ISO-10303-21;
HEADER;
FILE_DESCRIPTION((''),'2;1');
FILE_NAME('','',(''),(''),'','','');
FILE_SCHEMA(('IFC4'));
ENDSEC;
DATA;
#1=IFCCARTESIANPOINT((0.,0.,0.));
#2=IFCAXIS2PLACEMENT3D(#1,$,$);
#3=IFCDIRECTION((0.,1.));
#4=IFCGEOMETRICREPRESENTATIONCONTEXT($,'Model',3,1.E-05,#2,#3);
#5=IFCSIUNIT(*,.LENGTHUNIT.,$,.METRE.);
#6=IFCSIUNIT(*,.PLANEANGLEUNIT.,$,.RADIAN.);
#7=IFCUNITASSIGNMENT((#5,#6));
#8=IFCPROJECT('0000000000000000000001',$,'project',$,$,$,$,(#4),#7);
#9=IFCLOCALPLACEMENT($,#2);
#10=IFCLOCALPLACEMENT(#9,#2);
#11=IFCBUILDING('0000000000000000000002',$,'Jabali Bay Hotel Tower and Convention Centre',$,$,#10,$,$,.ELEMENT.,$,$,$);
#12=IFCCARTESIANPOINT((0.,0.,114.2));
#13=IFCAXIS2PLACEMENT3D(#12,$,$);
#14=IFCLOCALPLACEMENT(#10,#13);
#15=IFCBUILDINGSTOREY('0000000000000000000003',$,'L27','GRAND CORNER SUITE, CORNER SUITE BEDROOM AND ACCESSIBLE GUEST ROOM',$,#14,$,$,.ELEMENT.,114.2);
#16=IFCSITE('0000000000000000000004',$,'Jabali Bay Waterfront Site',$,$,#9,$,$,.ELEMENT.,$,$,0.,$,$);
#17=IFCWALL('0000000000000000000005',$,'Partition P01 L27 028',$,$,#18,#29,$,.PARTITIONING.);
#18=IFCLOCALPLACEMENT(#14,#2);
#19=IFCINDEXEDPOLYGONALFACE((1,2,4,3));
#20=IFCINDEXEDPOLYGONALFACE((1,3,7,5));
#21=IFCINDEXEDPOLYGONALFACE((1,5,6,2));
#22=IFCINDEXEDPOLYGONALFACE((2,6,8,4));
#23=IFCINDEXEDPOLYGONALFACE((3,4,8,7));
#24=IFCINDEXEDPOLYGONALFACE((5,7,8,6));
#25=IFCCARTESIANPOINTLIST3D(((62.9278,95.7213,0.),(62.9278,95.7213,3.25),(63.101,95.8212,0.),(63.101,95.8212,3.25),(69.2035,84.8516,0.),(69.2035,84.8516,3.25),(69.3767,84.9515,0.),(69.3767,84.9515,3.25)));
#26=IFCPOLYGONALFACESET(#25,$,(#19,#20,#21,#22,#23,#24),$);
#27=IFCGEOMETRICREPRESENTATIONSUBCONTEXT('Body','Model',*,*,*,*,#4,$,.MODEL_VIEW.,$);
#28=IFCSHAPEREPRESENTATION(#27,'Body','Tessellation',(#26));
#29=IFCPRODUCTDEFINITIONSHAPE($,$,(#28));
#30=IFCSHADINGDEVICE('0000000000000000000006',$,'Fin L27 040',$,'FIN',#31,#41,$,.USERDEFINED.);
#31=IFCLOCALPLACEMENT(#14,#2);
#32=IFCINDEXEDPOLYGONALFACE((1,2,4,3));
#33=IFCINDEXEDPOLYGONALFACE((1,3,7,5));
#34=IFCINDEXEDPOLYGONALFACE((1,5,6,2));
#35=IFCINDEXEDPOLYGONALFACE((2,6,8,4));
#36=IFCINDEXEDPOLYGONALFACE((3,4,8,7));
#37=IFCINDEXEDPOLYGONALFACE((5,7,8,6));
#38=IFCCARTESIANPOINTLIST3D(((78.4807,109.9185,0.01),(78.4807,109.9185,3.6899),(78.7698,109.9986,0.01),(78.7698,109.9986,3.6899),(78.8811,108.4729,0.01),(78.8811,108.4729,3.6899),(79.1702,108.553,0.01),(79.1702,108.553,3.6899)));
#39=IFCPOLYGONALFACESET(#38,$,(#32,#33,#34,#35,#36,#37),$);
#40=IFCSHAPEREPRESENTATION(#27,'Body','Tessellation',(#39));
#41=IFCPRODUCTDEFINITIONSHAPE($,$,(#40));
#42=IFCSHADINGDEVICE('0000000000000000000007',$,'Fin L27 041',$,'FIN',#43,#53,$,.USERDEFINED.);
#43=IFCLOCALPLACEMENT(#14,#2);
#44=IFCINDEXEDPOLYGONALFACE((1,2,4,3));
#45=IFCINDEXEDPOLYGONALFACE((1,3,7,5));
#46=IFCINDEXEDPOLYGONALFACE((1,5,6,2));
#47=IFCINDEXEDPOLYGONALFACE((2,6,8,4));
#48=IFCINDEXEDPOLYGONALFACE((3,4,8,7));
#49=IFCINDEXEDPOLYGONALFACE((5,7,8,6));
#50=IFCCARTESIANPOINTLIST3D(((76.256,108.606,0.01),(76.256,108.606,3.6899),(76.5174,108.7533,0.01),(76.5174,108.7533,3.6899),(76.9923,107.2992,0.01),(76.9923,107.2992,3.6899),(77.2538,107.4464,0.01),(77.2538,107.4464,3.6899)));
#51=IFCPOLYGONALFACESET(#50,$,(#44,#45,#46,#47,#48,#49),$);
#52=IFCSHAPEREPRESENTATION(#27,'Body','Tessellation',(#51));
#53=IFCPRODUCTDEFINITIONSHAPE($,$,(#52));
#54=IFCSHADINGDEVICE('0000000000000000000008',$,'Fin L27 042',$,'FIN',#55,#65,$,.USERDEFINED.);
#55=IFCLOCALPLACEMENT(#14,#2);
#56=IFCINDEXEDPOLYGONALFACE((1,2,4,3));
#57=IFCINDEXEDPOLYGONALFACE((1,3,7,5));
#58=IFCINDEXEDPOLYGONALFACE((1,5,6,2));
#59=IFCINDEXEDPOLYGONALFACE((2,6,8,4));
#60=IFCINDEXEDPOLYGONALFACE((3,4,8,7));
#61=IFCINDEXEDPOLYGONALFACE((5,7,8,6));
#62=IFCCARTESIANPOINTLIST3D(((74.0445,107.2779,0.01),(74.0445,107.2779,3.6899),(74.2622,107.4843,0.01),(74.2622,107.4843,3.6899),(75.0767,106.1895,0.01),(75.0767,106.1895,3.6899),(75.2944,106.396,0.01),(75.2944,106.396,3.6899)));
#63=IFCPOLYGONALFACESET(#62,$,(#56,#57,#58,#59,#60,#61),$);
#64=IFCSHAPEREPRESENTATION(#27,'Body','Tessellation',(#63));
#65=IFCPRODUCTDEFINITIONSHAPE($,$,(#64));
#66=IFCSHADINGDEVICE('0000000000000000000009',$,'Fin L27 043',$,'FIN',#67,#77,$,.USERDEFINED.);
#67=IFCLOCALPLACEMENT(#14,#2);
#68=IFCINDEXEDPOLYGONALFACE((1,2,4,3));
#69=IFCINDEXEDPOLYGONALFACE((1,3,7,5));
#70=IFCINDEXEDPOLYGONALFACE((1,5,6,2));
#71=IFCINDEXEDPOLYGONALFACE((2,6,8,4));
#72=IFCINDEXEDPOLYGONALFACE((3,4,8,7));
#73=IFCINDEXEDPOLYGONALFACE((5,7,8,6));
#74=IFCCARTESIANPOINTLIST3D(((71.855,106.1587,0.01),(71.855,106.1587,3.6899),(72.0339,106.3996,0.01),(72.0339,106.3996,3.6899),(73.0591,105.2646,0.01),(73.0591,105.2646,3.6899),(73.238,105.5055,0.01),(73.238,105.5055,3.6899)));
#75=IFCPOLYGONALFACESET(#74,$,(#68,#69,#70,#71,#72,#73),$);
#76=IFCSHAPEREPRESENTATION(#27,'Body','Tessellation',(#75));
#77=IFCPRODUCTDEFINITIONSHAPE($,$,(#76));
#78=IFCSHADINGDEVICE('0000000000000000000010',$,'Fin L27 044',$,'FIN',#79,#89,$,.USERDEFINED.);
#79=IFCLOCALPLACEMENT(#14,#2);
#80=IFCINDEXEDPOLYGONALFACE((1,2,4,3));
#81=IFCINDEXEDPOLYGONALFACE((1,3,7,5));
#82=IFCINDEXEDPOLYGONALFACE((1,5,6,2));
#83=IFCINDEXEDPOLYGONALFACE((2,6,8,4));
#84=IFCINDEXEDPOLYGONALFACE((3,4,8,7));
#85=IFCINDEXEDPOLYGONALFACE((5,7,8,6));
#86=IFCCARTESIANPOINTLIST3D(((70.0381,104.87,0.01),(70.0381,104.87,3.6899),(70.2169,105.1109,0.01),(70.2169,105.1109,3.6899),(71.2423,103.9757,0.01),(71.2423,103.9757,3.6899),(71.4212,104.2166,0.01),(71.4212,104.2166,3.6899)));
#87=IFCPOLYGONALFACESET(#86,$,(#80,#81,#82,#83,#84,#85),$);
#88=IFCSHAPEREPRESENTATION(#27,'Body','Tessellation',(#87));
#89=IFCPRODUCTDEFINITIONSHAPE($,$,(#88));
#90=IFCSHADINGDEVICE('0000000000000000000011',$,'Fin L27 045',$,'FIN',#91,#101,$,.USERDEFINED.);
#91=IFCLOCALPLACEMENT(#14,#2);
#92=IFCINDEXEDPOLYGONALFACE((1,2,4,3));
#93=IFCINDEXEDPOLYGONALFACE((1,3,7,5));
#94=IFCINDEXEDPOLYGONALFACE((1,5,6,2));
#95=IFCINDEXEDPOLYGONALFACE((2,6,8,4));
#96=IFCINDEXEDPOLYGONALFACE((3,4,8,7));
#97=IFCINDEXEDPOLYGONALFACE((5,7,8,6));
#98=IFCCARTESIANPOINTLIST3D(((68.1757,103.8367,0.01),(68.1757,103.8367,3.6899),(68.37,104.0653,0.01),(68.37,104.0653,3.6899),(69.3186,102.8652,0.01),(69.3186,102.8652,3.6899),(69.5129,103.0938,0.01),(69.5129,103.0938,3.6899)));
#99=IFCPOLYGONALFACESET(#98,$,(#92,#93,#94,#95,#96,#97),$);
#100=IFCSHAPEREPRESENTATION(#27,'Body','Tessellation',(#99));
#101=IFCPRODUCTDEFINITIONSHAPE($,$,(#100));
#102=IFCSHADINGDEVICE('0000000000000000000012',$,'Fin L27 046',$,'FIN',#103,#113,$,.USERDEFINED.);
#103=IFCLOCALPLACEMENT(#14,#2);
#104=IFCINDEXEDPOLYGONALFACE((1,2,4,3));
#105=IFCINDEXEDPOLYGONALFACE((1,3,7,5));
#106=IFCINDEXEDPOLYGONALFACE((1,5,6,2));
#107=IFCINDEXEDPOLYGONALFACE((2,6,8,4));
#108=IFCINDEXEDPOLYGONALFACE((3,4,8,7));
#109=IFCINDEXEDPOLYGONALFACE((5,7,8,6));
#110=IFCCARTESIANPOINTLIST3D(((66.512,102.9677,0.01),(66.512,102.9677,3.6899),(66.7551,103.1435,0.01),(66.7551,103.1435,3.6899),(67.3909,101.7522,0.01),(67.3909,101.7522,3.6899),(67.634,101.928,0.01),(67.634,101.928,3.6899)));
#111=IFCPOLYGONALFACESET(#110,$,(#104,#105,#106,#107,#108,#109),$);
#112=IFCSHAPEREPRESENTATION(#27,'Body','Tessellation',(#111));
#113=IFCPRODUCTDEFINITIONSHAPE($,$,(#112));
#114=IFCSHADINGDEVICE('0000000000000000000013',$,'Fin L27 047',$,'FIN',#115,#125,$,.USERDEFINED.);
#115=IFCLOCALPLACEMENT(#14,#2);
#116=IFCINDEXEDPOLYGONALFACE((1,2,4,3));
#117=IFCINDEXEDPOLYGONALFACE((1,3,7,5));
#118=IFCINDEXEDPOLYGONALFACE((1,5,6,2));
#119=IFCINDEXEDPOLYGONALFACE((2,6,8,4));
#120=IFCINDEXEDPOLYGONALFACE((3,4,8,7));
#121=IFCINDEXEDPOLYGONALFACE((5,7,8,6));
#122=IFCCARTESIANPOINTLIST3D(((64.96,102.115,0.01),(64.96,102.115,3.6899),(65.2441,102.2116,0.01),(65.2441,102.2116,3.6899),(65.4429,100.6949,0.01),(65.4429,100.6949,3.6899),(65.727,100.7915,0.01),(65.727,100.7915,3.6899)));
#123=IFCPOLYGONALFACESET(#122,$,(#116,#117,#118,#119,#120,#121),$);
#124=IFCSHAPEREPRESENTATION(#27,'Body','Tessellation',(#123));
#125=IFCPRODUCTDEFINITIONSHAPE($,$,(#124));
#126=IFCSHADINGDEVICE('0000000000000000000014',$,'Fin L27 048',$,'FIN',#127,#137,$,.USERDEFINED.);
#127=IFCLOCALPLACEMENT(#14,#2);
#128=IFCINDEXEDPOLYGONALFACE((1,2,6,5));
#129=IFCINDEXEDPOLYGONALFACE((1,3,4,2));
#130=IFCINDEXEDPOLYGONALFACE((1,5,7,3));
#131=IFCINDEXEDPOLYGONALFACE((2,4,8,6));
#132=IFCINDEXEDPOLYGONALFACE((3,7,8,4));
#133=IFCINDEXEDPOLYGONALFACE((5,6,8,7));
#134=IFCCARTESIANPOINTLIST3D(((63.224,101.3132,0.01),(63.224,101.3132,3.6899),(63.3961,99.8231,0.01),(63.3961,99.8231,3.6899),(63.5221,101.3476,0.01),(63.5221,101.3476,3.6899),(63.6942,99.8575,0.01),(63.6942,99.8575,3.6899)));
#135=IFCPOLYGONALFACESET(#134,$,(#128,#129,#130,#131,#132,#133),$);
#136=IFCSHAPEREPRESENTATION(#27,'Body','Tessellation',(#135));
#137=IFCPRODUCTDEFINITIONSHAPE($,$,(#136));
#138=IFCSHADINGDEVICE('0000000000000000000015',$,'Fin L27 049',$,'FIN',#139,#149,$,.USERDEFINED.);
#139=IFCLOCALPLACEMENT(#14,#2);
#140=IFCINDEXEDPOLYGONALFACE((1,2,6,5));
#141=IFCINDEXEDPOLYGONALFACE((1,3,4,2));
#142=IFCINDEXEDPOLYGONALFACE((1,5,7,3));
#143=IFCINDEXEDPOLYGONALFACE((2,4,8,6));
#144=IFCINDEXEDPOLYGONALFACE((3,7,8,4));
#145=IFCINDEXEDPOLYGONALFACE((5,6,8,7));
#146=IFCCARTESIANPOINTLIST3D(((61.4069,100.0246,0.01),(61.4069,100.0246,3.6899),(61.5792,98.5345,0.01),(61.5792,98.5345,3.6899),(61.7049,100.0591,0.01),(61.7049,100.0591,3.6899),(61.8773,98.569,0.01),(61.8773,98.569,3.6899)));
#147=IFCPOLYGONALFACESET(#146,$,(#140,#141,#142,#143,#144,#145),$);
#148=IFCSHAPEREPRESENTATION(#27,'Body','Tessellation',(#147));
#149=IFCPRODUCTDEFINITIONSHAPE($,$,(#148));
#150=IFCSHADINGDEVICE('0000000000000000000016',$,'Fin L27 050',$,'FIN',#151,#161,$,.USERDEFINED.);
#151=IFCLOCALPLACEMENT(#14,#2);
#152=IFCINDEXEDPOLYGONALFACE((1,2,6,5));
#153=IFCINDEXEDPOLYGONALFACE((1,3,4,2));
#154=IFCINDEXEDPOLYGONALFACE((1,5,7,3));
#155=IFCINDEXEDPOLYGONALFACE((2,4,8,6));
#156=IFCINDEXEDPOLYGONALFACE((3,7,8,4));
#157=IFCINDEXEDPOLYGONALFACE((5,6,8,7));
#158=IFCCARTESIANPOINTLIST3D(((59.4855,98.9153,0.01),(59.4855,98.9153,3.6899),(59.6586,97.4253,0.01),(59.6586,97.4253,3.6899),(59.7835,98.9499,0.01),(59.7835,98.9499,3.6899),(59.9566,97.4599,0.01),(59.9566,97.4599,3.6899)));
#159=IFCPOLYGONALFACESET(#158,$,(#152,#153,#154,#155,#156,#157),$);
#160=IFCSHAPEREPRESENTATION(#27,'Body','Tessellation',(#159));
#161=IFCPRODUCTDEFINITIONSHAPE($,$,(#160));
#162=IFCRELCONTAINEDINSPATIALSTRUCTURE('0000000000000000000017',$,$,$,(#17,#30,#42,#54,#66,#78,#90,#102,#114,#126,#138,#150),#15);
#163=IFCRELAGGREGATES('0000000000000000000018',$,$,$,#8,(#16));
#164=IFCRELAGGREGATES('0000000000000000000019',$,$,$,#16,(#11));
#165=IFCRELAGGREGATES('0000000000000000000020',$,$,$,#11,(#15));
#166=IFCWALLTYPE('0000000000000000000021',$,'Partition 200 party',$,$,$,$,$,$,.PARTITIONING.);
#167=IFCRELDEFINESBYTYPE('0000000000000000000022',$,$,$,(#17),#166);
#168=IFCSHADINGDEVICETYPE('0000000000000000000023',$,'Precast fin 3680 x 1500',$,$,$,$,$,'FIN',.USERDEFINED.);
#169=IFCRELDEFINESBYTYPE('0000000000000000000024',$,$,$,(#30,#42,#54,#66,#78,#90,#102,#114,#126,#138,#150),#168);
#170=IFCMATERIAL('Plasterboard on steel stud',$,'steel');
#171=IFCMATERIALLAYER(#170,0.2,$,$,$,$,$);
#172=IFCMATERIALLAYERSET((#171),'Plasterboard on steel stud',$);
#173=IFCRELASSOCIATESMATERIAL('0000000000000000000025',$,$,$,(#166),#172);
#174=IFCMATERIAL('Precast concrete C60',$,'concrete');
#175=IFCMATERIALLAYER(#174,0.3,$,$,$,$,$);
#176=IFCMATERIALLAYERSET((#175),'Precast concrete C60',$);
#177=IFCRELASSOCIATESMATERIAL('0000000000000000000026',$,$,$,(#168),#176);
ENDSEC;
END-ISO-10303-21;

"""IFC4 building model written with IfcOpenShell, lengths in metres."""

from ifc_helpers import new_model, si_unit, direction, frame, frame_2d, origin, place, context, subcontext, project, spatial, rectangle, extrude, material, layer, layer_set, type_object, element, save


model = new_model("IFC4")

# Units and contexts
model_context = context("Model", 3, precision=1e-05, world=origin(), true_north=direction((0.0, 1.0)))
body_context = subcontext(model_context, "Body", "Model", "MODEL_VIEW")
ifc_project = project(units=[si_unit("LENGTHUNIT", "METRE"), si_unit("PLANEANGLEUNIT", "RADIAN")], contexts=[model_context])

# Site, building, storey
site_placement = place(None, origin())
site = spatial("IfcSite", under=ifc_project, at=site_placement, Name="Jabali Bay Waterfront Site", CompositionType="ELEMENT", RefElevation=0.0)
building_placement = place(site_placement, origin())
building = spatial("IfcBuilding", under=site, at=building_placement, Name="Jabali Bay Hotel Tower and Convention Centre", CompositionType="ELEMENT")
storey_placement = place(building_placement, frame((0.0, 0.0, 114.2)))
storey = spatial("IfcBuildingStorey", under=building, at=storey_placement, Name="L27", Description="GRAND CORNER SUITE, CORNER SUITE BEDROOM AND ACCESSIBLE GUEST ROOM", CompositionType="ELEMENT", Elevation=114.2)

# Wall
ifc_material_1 = material(Name="Plasterboard on steel stud", Category="steel")
ifc_layer_1 = layer(ifc_material_1, 0.2)
ifc_layer_set_1 = layer_set([ifc_layer_1], Name="Plasterboard on steel stud")
wall_type_1 = type_object("IfcWallType", Name="Partition 200 party", PredefinedType="PARTITIONING", material=ifc_layer_set_1)
wall_1_placement = place(storey_placement, frame((63.0144, 95.7712, 0.0), z_axis=(0.0, 0.0, 1.0), x_axis=(0.500003, -0.866024, 0.0)))
element("IfcWall", 1, at=wall_1_placement, inside=storey, type_object=wall_type_1, Name="Partition P01 L27 028", PredefinedType="PARTITIONING", context=body_context, shape_type="SweptSolid", body=[
    extrude(rectangle(XDim=12.5513, YDim=0.2, at=frame_2d((6.2756, 0.0))), origin(), (0.0, 0.0, 1.0), 3.25),
])

# Shading devices
ifc_material_2 = material(Name="Precast concrete C60", Category="concrete")
ifc_layer_2 = layer(ifc_material_2, 0.3)
ifc_layer_set_2 = layer_set([ifc_layer_2], Name="Precast concrete C60")
shading_device_type = type_object("IfcShadingDeviceType", Name="Precast fin 3680 x 1500", ElementType="FIN", PredefinedType="USERDEFINED", material=ifc_layer_set_2)
for number, where, z_axis, x_axis, name in (
    (2, (79.0256, 108.5129, 0.01), (0.0, 0.0, 1.0), (-0.26693, 0.963716, 0.0), "Fin L27 040"),
    (3, (77.123, 107.3728, 0.01), (0.0, 0.0, 1.0), (-0.490872, 0.871232, 0.0), "Fin L27 041"),
    (4, (75.1855, 106.2927, 0.01), (0.0, 0.0, 1.0), (-0.688142, 0.725576, 0.0), "Fin L27 042"),
):
    element("IfcShadingDevice", number, at=place(storey_placement, frame(where, z_axis=z_axis, x_axis=x_axis)), inside=storey, type_object=shading_device_type, Name=name, ObjectType="FIN", PredefinedType="USERDEFINED", context=body_context, shape_type="SweptSolid", body=[
        extrude(rectangle(XDim=1.5, YDim=0.3, at=frame_2d((0.75, 0.0))), origin(), (0.0, 0.0, 1.0), 3.6799),
    ])
shading_device_placement = place(storey_placement, frame((73.1487, 105.385, 0.01), z_axis=(0.0, 0.0, 1.0), x_axis=(-0.802882, 0.596138, 0.0)))
element("IfcShadingDevice", 5, at=shading_device_placement, inside=storey, type_object=shading_device_type, Name="Fin L27 043", ObjectType="FIN", PredefinedType="USERDEFINED", context=body_context, shape_type="SweptSolid", body=[
    extrude(rectangle(XDim=1.4998, YDim=0.3, at=frame_2d((0.75, 0.0))), origin(), (0.0, 0.0, 1.0), 3.6799),
])
for number, where, z_axis, x_axis, name in (
    (6, (71.3318, 104.0962, 0.01), (0.0, 0.0, 1.0), (-0.802862, 0.596165, 0.0), "Fin L27 044"),
    (7, (69.4158, 102.9795, 0.01), (0.0, 0.0, 1.0), (-0.761927, 0.647663, 0.0), "Fin L27 045"),
    (8, (67.5125, 101.8401, 0.01), (0.0, 0.0, 1.0), (-0.585924, 0.810366, 0.0), "Fin L27 046"),
    (9, (65.585, 100.7432, 0.01), (0.0, 0.0, 1.0), (-0.321935, 0.946762, 0.0), "Fin L27 047"),
    (10, (63.5452, 99.8403, 0.01), (0.0, 0.0, 1.0), (-0.114754, 0.993394, 0.0), "Fin L27 048"),
    (11, (61.7283, 98.5518, 0.01), (0.0, 0.0, 1.0), (-0.114914, 0.993375, 0.0), "Fin L27 049"),
    (12, (59.8076, 97.4426, 0.01), (0.0, 0.0, 1.0), (-0.115396, 0.99332, 0.0), "Fin L27 050"),
):
    element("IfcShadingDevice", number, at=place(storey_placement, frame(where, z_axis=z_axis, x_axis=x_axis)), inside=storey, type_object=shading_device_type, Name=name, ObjectType="FIN", PredefinedType="USERDEFINED", context=body_context, shape_type="SweptSolid", body=[
        extrude(rectangle(XDim=1.5, YDim=0.3, at=frame_2d((0.75, 0.0))), origin(), (0.0, 0.0, 1.0), 3.6799),
    ])

save(model, "model.ifc")
